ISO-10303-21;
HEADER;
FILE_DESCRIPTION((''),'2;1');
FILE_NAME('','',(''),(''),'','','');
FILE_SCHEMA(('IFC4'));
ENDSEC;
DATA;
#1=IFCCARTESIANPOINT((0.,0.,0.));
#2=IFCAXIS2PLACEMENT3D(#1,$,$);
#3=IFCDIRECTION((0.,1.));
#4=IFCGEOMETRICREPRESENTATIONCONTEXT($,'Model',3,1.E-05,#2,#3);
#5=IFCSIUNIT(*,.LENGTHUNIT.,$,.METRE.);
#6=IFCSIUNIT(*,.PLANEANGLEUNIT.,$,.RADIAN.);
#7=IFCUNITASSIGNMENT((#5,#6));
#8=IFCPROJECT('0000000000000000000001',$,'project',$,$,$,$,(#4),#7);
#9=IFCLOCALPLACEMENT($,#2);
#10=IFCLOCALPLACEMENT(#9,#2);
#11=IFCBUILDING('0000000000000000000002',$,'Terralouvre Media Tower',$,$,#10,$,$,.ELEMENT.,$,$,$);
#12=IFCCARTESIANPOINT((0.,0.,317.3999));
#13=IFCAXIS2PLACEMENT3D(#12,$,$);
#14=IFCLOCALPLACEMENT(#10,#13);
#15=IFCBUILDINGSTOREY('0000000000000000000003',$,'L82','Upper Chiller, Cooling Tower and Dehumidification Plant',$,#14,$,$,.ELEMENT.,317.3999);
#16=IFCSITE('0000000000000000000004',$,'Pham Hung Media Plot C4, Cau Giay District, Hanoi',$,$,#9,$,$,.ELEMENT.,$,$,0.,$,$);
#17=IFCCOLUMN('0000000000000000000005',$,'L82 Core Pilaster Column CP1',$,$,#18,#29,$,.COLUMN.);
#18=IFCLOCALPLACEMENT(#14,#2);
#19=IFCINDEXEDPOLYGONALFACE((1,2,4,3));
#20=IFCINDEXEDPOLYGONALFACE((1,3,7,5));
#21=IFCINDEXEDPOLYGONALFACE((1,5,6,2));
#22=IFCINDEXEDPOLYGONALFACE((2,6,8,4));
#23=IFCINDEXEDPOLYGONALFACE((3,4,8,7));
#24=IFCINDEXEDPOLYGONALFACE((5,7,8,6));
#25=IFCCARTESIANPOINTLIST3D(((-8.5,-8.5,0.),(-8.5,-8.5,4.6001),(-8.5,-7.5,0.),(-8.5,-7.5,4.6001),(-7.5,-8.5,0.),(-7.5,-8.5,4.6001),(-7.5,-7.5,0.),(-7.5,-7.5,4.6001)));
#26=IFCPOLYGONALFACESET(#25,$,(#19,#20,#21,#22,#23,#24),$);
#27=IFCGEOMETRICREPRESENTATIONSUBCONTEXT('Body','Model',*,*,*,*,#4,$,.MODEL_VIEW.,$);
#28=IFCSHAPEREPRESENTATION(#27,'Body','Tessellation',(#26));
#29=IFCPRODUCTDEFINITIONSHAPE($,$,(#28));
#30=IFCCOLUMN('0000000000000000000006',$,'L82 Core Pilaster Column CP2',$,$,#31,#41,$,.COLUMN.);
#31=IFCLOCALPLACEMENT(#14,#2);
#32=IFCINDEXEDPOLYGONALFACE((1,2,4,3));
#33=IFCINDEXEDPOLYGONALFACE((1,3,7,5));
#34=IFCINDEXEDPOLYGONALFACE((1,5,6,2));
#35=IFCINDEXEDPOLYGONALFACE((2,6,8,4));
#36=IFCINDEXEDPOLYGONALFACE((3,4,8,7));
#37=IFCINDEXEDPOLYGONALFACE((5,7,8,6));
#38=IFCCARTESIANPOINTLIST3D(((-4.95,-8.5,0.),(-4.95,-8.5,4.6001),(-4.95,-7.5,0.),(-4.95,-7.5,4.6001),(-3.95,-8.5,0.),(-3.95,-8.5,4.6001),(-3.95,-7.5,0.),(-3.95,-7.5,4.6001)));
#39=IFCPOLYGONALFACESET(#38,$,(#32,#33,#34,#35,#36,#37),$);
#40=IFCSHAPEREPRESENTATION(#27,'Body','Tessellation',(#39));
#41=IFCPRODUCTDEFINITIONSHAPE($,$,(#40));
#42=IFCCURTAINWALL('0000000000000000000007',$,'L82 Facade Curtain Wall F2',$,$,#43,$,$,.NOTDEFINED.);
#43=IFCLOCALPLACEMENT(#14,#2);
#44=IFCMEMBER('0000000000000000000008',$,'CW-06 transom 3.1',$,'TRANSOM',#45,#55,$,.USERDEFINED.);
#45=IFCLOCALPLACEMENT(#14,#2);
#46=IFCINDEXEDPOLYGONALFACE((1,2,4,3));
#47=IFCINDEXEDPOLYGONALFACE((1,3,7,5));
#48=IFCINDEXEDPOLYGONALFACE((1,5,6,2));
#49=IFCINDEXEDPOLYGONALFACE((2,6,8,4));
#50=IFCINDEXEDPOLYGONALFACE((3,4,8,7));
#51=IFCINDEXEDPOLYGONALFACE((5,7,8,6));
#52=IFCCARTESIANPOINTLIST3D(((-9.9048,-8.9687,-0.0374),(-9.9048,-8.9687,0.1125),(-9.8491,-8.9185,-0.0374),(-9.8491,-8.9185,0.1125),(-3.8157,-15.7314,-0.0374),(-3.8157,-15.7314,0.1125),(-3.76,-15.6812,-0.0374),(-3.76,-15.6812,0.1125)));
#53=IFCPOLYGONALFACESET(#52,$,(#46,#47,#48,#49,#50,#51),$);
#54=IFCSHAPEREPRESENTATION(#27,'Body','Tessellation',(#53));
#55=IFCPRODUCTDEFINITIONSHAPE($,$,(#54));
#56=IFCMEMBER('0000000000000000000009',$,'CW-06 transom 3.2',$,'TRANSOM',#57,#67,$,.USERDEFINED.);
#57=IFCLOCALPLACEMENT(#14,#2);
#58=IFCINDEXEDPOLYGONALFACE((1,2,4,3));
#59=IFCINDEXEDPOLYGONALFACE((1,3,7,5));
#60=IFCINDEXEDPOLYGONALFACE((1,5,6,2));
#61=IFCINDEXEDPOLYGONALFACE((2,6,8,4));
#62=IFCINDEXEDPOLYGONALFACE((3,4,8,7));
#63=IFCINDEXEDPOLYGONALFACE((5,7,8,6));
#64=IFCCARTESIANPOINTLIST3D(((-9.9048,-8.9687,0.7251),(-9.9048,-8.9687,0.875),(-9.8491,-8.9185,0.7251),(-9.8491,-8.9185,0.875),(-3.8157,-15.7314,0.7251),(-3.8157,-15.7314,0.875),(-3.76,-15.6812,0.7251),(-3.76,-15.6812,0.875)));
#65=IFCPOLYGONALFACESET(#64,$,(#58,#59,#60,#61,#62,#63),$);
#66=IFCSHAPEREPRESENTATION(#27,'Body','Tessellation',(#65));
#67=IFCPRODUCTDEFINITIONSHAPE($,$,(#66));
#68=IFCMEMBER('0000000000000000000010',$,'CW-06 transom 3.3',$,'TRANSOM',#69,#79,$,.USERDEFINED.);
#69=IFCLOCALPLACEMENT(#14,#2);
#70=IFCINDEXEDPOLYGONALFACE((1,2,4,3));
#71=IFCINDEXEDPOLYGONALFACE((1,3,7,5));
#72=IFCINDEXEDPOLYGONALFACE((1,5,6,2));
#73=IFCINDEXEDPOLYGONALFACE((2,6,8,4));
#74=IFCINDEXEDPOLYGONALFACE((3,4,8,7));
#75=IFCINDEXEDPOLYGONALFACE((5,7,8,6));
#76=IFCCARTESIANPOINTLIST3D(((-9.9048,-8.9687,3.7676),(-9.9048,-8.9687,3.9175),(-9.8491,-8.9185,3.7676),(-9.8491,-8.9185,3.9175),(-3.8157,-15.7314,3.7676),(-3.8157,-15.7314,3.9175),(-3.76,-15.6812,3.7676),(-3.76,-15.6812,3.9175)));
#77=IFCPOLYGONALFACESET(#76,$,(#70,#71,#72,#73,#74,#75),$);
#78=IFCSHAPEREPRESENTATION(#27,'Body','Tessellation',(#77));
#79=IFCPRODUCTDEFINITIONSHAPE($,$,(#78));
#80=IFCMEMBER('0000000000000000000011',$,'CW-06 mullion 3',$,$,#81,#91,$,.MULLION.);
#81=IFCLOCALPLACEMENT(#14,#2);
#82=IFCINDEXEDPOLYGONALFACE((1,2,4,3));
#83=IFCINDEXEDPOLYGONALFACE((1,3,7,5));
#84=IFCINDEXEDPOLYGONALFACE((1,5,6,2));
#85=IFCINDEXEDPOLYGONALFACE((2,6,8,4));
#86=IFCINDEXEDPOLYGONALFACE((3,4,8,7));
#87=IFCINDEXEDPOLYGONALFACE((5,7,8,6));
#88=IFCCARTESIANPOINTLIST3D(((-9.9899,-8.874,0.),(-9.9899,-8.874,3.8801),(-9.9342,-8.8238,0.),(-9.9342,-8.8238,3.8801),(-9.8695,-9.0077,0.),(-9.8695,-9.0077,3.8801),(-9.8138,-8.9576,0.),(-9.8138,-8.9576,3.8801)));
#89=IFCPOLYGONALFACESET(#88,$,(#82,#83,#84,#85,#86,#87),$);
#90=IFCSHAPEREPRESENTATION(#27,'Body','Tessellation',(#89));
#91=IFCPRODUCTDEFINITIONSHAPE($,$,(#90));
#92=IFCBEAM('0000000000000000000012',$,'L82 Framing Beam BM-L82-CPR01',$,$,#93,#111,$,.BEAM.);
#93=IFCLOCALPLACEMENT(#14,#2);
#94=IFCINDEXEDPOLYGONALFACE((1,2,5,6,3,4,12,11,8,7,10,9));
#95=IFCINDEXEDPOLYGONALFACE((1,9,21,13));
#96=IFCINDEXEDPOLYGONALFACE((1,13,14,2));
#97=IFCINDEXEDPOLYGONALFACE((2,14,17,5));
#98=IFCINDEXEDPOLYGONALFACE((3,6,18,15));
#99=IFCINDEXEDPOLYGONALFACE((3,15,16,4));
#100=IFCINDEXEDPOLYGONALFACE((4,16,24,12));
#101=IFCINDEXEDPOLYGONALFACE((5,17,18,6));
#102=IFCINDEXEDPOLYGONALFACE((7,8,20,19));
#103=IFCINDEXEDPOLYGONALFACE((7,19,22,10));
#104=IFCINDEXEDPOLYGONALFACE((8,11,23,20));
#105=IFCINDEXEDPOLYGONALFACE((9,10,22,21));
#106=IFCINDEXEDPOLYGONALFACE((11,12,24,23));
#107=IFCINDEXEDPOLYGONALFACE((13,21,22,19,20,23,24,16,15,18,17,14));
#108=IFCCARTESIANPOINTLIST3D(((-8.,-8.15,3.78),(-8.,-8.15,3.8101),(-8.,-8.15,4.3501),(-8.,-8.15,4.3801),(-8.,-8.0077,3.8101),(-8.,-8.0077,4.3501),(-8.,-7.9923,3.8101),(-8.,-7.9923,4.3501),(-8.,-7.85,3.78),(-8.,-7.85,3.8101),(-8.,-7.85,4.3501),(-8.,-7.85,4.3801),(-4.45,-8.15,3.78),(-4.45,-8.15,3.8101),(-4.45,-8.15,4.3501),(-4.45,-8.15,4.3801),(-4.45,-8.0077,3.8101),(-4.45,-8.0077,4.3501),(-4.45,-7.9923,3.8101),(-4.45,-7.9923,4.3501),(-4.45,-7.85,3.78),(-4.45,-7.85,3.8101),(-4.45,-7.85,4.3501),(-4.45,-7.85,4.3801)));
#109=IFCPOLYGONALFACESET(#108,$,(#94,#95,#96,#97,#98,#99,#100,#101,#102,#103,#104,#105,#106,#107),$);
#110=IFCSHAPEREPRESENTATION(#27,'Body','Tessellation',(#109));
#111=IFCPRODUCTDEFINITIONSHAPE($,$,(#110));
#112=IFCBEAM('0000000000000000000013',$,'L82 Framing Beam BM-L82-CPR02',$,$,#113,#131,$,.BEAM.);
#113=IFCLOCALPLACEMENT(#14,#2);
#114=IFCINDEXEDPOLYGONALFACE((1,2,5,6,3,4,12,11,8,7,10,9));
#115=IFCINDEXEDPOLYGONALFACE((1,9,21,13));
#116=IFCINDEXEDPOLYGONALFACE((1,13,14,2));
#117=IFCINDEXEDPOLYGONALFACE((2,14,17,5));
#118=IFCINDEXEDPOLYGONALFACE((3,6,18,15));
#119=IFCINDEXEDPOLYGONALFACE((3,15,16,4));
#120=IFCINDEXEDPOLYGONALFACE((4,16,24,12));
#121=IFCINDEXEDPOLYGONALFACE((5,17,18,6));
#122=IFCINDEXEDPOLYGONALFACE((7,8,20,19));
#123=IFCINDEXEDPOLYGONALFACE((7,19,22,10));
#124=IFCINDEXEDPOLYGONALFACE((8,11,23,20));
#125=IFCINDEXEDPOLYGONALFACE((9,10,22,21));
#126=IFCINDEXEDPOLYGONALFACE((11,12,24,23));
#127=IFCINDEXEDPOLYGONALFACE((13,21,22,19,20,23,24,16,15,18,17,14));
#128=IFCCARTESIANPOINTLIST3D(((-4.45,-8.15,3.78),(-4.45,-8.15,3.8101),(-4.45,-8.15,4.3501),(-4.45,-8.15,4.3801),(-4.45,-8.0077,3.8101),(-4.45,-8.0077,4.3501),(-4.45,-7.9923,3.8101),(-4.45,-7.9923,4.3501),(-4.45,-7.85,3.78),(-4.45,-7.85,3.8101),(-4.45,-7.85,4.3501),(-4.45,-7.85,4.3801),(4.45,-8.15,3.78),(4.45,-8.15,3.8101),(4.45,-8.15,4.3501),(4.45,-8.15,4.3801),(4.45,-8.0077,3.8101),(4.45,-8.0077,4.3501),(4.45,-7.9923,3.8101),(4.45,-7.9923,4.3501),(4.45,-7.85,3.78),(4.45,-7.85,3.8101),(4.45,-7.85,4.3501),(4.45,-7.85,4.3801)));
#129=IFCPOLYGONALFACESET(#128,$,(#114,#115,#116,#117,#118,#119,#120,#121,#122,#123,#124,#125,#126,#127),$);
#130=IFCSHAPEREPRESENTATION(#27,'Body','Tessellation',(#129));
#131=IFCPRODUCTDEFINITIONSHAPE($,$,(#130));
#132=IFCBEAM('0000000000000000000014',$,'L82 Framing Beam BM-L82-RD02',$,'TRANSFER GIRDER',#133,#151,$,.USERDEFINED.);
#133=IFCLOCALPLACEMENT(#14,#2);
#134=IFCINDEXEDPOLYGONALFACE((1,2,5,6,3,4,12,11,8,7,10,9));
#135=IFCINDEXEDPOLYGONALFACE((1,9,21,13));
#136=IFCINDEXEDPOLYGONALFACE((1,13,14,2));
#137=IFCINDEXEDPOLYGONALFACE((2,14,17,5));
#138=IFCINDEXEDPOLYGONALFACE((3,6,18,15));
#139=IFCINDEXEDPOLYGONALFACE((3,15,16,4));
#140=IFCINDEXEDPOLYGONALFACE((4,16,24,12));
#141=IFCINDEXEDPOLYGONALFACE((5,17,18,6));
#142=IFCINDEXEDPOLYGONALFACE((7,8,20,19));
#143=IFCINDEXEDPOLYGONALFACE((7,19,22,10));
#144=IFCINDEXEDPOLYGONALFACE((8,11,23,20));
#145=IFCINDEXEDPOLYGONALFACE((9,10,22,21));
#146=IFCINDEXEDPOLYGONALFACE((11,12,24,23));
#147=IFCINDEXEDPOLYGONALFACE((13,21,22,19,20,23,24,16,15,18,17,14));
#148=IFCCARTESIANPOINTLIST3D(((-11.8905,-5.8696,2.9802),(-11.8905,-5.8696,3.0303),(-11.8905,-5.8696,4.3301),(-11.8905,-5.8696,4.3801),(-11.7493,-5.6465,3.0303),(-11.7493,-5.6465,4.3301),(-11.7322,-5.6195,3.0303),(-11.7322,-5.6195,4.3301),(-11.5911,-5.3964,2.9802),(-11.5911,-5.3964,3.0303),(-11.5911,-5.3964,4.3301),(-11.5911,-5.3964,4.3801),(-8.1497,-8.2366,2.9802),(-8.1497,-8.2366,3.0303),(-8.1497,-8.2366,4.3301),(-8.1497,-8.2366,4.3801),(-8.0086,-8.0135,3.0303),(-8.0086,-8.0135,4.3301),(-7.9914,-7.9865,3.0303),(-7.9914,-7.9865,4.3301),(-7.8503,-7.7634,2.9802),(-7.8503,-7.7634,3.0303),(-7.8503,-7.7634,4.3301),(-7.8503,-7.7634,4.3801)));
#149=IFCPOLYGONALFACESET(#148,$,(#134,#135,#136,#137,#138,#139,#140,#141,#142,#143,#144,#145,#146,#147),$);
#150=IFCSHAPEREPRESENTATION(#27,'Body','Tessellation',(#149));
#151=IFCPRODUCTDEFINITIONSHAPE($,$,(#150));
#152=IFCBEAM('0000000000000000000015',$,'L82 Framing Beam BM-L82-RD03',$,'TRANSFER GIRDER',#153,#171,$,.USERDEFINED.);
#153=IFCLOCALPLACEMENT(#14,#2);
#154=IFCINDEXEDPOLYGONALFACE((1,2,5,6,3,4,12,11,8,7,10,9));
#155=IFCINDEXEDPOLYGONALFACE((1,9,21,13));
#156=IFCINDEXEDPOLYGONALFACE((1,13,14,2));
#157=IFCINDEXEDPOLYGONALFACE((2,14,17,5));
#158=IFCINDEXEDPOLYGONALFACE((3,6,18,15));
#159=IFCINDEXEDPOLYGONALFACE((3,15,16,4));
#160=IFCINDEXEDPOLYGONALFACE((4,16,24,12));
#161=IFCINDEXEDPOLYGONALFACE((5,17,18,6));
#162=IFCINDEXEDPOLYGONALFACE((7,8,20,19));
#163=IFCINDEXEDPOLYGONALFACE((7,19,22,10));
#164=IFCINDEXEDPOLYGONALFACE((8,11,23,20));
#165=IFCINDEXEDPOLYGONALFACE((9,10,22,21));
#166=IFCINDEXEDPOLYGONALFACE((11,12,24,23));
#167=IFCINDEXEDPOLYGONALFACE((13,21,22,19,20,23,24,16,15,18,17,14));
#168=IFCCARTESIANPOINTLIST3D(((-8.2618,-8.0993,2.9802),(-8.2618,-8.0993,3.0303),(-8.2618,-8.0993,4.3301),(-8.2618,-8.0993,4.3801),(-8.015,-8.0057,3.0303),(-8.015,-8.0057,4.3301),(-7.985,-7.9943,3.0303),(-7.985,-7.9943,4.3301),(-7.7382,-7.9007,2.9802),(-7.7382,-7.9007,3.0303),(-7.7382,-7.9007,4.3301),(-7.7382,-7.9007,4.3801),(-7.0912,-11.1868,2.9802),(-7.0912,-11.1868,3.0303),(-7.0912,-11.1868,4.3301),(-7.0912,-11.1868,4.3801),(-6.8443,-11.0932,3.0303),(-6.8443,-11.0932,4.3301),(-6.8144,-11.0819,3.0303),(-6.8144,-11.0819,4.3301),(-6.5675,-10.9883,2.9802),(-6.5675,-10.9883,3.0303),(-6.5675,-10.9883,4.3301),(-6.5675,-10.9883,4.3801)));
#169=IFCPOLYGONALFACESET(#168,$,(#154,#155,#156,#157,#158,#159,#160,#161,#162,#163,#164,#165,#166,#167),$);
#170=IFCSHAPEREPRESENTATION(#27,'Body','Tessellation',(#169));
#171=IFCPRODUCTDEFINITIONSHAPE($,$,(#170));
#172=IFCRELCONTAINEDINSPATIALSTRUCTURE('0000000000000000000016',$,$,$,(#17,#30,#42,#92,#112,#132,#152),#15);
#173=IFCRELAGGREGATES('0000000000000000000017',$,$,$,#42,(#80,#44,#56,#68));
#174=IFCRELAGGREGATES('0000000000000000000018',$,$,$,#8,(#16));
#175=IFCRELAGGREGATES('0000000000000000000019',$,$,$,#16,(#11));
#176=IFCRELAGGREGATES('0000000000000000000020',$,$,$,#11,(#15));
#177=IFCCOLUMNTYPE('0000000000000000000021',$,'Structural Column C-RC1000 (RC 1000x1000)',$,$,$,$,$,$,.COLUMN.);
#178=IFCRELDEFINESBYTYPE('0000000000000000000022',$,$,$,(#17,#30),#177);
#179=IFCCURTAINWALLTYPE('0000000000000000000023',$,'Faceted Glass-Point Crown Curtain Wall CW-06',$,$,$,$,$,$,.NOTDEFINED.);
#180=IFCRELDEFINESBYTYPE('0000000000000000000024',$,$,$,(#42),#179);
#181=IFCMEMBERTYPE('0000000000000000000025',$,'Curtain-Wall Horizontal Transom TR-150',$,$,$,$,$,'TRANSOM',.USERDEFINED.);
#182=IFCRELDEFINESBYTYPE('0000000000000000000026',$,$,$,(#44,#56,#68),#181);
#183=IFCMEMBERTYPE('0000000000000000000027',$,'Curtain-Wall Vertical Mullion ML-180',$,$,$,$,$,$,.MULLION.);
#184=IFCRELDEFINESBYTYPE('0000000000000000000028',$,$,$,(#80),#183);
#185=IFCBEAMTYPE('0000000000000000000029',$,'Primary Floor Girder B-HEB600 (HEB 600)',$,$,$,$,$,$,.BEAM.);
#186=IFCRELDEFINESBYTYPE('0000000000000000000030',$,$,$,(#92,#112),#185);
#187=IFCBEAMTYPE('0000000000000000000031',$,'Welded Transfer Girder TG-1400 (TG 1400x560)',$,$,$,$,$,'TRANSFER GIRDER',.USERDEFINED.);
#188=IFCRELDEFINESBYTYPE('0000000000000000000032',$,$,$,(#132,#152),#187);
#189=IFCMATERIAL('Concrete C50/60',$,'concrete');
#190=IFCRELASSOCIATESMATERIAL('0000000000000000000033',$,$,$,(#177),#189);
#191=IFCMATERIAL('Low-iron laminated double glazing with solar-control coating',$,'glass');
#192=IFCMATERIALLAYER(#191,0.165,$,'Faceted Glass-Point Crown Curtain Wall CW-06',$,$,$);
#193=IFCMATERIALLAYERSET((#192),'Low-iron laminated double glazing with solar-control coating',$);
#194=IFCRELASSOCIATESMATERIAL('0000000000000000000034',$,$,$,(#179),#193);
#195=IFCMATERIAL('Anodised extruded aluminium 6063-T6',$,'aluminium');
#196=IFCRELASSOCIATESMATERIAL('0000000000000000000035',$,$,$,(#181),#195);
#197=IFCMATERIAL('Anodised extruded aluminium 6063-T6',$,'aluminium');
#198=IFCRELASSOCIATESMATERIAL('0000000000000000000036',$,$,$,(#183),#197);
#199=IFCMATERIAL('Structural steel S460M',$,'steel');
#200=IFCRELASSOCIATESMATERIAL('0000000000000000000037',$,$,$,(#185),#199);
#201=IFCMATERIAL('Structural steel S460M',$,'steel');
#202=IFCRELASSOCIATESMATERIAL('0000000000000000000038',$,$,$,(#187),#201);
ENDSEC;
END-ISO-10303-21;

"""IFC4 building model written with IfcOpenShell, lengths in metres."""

from ifc_helpers import new_model, si_unit, direction, frame, origin, origin_2d, place, context, subcontext, project, spatial, rectangle, i_section, extrude, material, layer, layer_set, material_profile, profile_set, type_object, element, aggregate, save


model = new_model("IFC4")

# Units and contexts
model_context = context("Model", 3, precision=1e-05, world=origin(), true_north=direction((0.0, 1.0)))
body_context = subcontext(model_context, "Body", "Model", "MODEL_VIEW")
ifc_project = project(units=[si_unit("LENGTHUNIT", "METRE"), si_unit("PLANEANGLEUNIT", "RADIAN")], contexts=[model_context])

# Site, building, storey
site_placement = place(None, origin())
site = spatial("IfcSite", under=ifc_project, at=site_placement, Name="Pham Hung Media Plot C4, Cau Giay District, Hanoi", CompositionType="ELEMENT", RefElevation=0.0)
building_placement = place(site_placement, origin())
building = spatial("IfcBuilding", under=site, at=building_placement, Name="Terralouvre Media Tower", CompositionType="ELEMENT")
storey_placement = place(building_placement, frame((0.0, 0.0, 317.3999)))
storey = spatial("IfcBuildingStorey", under=building, at=storey_placement, Name="L82", Description="Upper Chiller, Cooling Tower and Dehumidification Plant", CompositionType="ELEMENT", Elevation=317.3999)

# Columns
ifc_material_1 = material(Name="Concrete C50/60", Category="concrete")
ifc_material_profile_1 = material_profile(ifc_material_1, rectangle(XDim=1.0, YDim=1.0, at=origin_2d()), Name="RC 1000x1000")
ifc_profile_set_1 = profile_set([ifc_material_profile_1], Name="Concrete C50/60")
column_type = type_object("IfcColumnType", Name="Structural Column C-RC1000 (RC 1000x1000)", PredefinedType="COLUMN", material=ifc_profile_set_1)
for number, where, z_axis, x_axis, name in (
    (1, (-8.0, -8.0, 0.0), (0.0, 0.0, 1.0), (1.0, 0.0, 0.0), "L82 Core Pilaster Column CP1"),
    (2, (-4.45, -8.0, 0.0), (0.0, 0.0, 1.0), (1.0, 0.0, 0.0), "L82 Core Pilaster Column CP2"),
):
    element("IfcColumn", number, at=place(storey_placement, frame(where, z_axis=z_axis, x_axis=x_axis)), inside=storey, type_object=column_type, Name=name, PredefinedType="COLUMN", context=body_context, shape_type="SweptSolid", body=[
        extrude(rectangle(XDim=1.0, YDim=1.0, at=origin_2d()), origin(), (0.0, 0.0, 1.0), 4.6001),
    ])

# Curtain wall, members
ifc_material_2 = material(Name="Low-iron laminated double glazing with solar-control coating", Category="glass")
ifc_layer_1 = layer(ifc_material_2, 0.165, Name="Faceted Glass-Point Crown Curtain Wall CW-06")
ifc_layer_set_1 = layer_set([ifc_layer_1], Name="Low-iron laminated double glazing with solar-control coating")
curtain_wall_type = type_object("IfcCurtainWallType", Name="Faceted Glass-Point Crown Curtain Wall CW-06", PredefinedType="NOTDEFINED", material=ifc_layer_set_1)
curtain_wall_placement = place(storey_placement, origin())
curtain_wall = element("IfcCurtainWall", 3, at=curtain_wall_placement, inside=storey, type_object=curtain_wall_type, Name="L82 Facade Curtain Wall F2", PredefinedType="NOTDEFINED")
ifc_material_3 = material(Name="Anodised extruded aluminium 6063-T6", Category="aluminium")
ifc_material_profile_2 = material_profile(ifc_material_3, rectangle(XDim=0.075, YDim=0.1499, at=origin_2d()), Name="ALU 75x150")
ifc_profile_set_2 = profile_set([ifc_material_profile_2], Name="Anodised extruded aluminium 6063-T6")
member_type_1 = type_object("IfcMemberType", Name="Curtain-Wall Horizontal Transom TR-150", ElementType="TRANSOM", PredefinedType="USERDEFINED", material=ifc_profile_set_2)
member_1_placement = place(storey_placement, frame((-9.877, -8.9436, 0.0376), z_axis=(0.669128, -0.743147, 0.0), x_axis=(0.743147, 0.669128, 0.0)))
member_1 = element("IfcMember", 4, at=member_1_placement, type_object=member_type_1, Name="CW-06 transom 3.1", ObjectType="TRANSOM", PredefinedType="USERDEFINED", context=body_context, shape_type="SweptSolid", body=[
    extrude(rectangle(XDim=0.075, YDim=0.1499, at=origin_2d()), origin(), (0.0, 0.0, 1.0), 9.1001),
])
member_2_placement = place(storey_placement, frame((-9.877, -8.9436, 0.8), z_axis=(0.669128, -0.743147, 0.0), x_axis=(0.743147, 0.669128, 0.0)))
member_2 = element("IfcMember", 5, at=member_2_placement, type_object=member_type_1, Name="CW-06 transom 3.2", ObjectType="TRANSOM", PredefinedType="USERDEFINED", context=body_context, shape_type="SweptSolid", body=[
    extrude(rectangle(XDim=0.075, YDim=0.1499, at=origin_2d()), origin(), (0.0, 0.0, 1.0), 9.1001),
])
member_3_placement = place(storey_placement, frame((-9.877, -8.9436, 3.8425), z_axis=(0.669128, -0.743147, 0.0), x_axis=(0.743147, 0.669128, 0.0)))
member_3 = element("IfcMember", 6, at=member_3_placement, type_object=member_type_1, Name="CW-06 transom 3.3", ObjectType="TRANSOM", PredefinedType="USERDEFINED", context=body_context, shape_type="SweptSolid", body=[
    extrude(rectangle(XDim=0.075, YDim=0.1499, at=origin_2d()), origin(), (0.0, 0.0, 1.0), 9.1001),
])
ifc_material_4 = material(Name="Anodised extruded aluminium 6063-T6", Category="aluminium")
ifc_material_profile_3 = material_profile(ifc_material_4, rectangle(XDim=0.075, YDim=0.1799, at=origin_2d()), Name="ALU 75x180")
ifc_profile_set_3 = profile_set([ifc_material_profile_3], Name="Anodised extruded aluminium 6063-T6")
member_type_2 = type_object("IfcMemberType", Name="Curtain-Wall Vertical Mullion ML-180", PredefinedType="MULLION", material=ifc_profile_set_3)
member_4_placement = place(storey_placement, frame((-9.9019, -8.9158, 0.0), z_axis=(0.0, 0.0, 1.0), x_axis=(0.743145, 0.66913, 0.0)))
member_4 = element("IfcMember", 7, at=member_4_placement, type_object=member_type_2, Name="CW-06 mullion 3", PredefinedType="MULLION", context=body_context, shape_type="SweptSolid", body=[
    extrude(rectangle(XDim=0.075, YDim=0.1799, at=origin_2d()), origin(), (0.0, 0.0, 1.0), 3.8801),
])
aggregate(curtain_wall, [member_4, member_1, member_2, member_3])

# Beams
ifc_material_5 = material(Name="Structural steel S460M", Category="steel")
ifc_material_profile_4 = material_profile(ifc_material_5, i_section(OverallWidth=0.3, OverallDepth=0.6001, WebThickness=0.0154, FlangeThickness=0.03, at=origin_2d()), Name="HEB 600")
ifc_profile_set_4 = profile_set([ifc_material_profile_4], Name="Structural steel S460M")
beam_type_1 = type_object("IfcBeamType", Name="Primary Floor Girder B-HEB600 (HEB 600)", PredefinedType="BEAM", material=ifc_profile_set_4)
beam_1_placement = place(storey_placement, frame((-8.0, -8.0, 4.0801), z_axis=(1.0, 0.0, 0.0), x_axis=(0.0, 1.0, 0.0)))
element("IfcBeam", 8, at=beam_1_placement, inside=storey, type_object=beam_type_1, Name="L82 Framing Beam BM-L82-CPR01", PredefinedType="BEAM", context=body_context, shape_type="SweptSolid", body=[
    extrude(i_section(OverallWidth=0.3, OverallDepth=0.6001, WebThickness=0.0154, FlangeThickness=0.03, at=origin_2d()), origin(), (0.0, 0.0, 1.0), 3.55),
])
beam_2_placement = place(storey_placement, frame((-4.45, -8.0, 4.0801), z_axis=(1.0, 0.0, 0.0), x_axis=(0.0, 1.0, 0.0)))
element("IfcBeam", 9, at=beam_2_placement, inside=storey, type_object=beam_type_1, Name="L82 Framing Beam BM-L82-CPR02", PredefinedType="BEAM", context=body_context, shape_type="SweptSolid", body=[
    extrude(i_section(OverallWidth=0.3, OverallDepth=0.6001, WebThickness=0.0154, FlangeThickness=0.03, at=origin_2d()), origin(), (0.0, 0.0, 1.0), 8.8999),
])
ifc_material_6 = material(Name="Structural steel S460M", Category="steel")
ifc_material_profile_5 = material_profile(ifc_material_6, i_section(OverallWidth=0.5601, OverallDepth=1.3999, WebThickness=0.032, FlangeThickness=0.05, at=origin_2d()), Name="TG 1400x560")
ifc_profile_set_5 = profile_set([ifc_material_profile_5], Name="Structural steel S460M")
beam_type_2 = type_object("IfcBeamType", Name="Welded Transfer Girder TG-1400 (TG 1400x560)", ElementType="TRANSFER GIRDER", PredefinedType="USERDEFINED", material=ifc_profile_set_5)
beam_3_placement = place(storey_placement, frame((-8.0, -8.0, 3.6802), z_axis=(-0.845042, 0.5347, 0.0), x_axis=(-0.5347, -0.845042, 0.0)))
element("IfcBeam", 10, at=beam_3_placement, inside=storey, type_object=beam_type_2, Name="L82 Framing Beam BM-L82-RD02", ObjectType="TRANSFER GIRDER", PredefinedType="USERDEFINED", context=body_context, shape_type="SweptSolid", body=[
    extrude(i_section(OverallWidth=0.5601, OverallDepth=1.3999, WebThickness=0.032, FlangeThickness=0.05, at=origin_2d()), origin(), (0.0, 0.0, 1.0), 4.4268),
])
beam_4_placement = place(storey_placement, frame((-8.0, -8.0, 3.6802), z_axis=(0.354516, -0.93505, 0.0), x_axis=(0.93505, 0.354516, 0.0)))
element("IfcBeam", 11, at=beam_4_placement, inside=storey, type_object=beam_type_2, Name="L82 Framing Beam BM-L82-RD03", ObjectType="TRANSFER GIRDER", PredefinedType="USERDEFINED", context=body_context, shape_type="SweptSolid", body=[
    extrude(i_section(OverallWidth=0.5601, OverallDepth=1.3999, WebThickness=0.032, FlangeThickness=0.05, at=origin_2d()), origin(), (0.0, 0.0, 1.0), 3.302),
])

save(model, "model.ifc")
